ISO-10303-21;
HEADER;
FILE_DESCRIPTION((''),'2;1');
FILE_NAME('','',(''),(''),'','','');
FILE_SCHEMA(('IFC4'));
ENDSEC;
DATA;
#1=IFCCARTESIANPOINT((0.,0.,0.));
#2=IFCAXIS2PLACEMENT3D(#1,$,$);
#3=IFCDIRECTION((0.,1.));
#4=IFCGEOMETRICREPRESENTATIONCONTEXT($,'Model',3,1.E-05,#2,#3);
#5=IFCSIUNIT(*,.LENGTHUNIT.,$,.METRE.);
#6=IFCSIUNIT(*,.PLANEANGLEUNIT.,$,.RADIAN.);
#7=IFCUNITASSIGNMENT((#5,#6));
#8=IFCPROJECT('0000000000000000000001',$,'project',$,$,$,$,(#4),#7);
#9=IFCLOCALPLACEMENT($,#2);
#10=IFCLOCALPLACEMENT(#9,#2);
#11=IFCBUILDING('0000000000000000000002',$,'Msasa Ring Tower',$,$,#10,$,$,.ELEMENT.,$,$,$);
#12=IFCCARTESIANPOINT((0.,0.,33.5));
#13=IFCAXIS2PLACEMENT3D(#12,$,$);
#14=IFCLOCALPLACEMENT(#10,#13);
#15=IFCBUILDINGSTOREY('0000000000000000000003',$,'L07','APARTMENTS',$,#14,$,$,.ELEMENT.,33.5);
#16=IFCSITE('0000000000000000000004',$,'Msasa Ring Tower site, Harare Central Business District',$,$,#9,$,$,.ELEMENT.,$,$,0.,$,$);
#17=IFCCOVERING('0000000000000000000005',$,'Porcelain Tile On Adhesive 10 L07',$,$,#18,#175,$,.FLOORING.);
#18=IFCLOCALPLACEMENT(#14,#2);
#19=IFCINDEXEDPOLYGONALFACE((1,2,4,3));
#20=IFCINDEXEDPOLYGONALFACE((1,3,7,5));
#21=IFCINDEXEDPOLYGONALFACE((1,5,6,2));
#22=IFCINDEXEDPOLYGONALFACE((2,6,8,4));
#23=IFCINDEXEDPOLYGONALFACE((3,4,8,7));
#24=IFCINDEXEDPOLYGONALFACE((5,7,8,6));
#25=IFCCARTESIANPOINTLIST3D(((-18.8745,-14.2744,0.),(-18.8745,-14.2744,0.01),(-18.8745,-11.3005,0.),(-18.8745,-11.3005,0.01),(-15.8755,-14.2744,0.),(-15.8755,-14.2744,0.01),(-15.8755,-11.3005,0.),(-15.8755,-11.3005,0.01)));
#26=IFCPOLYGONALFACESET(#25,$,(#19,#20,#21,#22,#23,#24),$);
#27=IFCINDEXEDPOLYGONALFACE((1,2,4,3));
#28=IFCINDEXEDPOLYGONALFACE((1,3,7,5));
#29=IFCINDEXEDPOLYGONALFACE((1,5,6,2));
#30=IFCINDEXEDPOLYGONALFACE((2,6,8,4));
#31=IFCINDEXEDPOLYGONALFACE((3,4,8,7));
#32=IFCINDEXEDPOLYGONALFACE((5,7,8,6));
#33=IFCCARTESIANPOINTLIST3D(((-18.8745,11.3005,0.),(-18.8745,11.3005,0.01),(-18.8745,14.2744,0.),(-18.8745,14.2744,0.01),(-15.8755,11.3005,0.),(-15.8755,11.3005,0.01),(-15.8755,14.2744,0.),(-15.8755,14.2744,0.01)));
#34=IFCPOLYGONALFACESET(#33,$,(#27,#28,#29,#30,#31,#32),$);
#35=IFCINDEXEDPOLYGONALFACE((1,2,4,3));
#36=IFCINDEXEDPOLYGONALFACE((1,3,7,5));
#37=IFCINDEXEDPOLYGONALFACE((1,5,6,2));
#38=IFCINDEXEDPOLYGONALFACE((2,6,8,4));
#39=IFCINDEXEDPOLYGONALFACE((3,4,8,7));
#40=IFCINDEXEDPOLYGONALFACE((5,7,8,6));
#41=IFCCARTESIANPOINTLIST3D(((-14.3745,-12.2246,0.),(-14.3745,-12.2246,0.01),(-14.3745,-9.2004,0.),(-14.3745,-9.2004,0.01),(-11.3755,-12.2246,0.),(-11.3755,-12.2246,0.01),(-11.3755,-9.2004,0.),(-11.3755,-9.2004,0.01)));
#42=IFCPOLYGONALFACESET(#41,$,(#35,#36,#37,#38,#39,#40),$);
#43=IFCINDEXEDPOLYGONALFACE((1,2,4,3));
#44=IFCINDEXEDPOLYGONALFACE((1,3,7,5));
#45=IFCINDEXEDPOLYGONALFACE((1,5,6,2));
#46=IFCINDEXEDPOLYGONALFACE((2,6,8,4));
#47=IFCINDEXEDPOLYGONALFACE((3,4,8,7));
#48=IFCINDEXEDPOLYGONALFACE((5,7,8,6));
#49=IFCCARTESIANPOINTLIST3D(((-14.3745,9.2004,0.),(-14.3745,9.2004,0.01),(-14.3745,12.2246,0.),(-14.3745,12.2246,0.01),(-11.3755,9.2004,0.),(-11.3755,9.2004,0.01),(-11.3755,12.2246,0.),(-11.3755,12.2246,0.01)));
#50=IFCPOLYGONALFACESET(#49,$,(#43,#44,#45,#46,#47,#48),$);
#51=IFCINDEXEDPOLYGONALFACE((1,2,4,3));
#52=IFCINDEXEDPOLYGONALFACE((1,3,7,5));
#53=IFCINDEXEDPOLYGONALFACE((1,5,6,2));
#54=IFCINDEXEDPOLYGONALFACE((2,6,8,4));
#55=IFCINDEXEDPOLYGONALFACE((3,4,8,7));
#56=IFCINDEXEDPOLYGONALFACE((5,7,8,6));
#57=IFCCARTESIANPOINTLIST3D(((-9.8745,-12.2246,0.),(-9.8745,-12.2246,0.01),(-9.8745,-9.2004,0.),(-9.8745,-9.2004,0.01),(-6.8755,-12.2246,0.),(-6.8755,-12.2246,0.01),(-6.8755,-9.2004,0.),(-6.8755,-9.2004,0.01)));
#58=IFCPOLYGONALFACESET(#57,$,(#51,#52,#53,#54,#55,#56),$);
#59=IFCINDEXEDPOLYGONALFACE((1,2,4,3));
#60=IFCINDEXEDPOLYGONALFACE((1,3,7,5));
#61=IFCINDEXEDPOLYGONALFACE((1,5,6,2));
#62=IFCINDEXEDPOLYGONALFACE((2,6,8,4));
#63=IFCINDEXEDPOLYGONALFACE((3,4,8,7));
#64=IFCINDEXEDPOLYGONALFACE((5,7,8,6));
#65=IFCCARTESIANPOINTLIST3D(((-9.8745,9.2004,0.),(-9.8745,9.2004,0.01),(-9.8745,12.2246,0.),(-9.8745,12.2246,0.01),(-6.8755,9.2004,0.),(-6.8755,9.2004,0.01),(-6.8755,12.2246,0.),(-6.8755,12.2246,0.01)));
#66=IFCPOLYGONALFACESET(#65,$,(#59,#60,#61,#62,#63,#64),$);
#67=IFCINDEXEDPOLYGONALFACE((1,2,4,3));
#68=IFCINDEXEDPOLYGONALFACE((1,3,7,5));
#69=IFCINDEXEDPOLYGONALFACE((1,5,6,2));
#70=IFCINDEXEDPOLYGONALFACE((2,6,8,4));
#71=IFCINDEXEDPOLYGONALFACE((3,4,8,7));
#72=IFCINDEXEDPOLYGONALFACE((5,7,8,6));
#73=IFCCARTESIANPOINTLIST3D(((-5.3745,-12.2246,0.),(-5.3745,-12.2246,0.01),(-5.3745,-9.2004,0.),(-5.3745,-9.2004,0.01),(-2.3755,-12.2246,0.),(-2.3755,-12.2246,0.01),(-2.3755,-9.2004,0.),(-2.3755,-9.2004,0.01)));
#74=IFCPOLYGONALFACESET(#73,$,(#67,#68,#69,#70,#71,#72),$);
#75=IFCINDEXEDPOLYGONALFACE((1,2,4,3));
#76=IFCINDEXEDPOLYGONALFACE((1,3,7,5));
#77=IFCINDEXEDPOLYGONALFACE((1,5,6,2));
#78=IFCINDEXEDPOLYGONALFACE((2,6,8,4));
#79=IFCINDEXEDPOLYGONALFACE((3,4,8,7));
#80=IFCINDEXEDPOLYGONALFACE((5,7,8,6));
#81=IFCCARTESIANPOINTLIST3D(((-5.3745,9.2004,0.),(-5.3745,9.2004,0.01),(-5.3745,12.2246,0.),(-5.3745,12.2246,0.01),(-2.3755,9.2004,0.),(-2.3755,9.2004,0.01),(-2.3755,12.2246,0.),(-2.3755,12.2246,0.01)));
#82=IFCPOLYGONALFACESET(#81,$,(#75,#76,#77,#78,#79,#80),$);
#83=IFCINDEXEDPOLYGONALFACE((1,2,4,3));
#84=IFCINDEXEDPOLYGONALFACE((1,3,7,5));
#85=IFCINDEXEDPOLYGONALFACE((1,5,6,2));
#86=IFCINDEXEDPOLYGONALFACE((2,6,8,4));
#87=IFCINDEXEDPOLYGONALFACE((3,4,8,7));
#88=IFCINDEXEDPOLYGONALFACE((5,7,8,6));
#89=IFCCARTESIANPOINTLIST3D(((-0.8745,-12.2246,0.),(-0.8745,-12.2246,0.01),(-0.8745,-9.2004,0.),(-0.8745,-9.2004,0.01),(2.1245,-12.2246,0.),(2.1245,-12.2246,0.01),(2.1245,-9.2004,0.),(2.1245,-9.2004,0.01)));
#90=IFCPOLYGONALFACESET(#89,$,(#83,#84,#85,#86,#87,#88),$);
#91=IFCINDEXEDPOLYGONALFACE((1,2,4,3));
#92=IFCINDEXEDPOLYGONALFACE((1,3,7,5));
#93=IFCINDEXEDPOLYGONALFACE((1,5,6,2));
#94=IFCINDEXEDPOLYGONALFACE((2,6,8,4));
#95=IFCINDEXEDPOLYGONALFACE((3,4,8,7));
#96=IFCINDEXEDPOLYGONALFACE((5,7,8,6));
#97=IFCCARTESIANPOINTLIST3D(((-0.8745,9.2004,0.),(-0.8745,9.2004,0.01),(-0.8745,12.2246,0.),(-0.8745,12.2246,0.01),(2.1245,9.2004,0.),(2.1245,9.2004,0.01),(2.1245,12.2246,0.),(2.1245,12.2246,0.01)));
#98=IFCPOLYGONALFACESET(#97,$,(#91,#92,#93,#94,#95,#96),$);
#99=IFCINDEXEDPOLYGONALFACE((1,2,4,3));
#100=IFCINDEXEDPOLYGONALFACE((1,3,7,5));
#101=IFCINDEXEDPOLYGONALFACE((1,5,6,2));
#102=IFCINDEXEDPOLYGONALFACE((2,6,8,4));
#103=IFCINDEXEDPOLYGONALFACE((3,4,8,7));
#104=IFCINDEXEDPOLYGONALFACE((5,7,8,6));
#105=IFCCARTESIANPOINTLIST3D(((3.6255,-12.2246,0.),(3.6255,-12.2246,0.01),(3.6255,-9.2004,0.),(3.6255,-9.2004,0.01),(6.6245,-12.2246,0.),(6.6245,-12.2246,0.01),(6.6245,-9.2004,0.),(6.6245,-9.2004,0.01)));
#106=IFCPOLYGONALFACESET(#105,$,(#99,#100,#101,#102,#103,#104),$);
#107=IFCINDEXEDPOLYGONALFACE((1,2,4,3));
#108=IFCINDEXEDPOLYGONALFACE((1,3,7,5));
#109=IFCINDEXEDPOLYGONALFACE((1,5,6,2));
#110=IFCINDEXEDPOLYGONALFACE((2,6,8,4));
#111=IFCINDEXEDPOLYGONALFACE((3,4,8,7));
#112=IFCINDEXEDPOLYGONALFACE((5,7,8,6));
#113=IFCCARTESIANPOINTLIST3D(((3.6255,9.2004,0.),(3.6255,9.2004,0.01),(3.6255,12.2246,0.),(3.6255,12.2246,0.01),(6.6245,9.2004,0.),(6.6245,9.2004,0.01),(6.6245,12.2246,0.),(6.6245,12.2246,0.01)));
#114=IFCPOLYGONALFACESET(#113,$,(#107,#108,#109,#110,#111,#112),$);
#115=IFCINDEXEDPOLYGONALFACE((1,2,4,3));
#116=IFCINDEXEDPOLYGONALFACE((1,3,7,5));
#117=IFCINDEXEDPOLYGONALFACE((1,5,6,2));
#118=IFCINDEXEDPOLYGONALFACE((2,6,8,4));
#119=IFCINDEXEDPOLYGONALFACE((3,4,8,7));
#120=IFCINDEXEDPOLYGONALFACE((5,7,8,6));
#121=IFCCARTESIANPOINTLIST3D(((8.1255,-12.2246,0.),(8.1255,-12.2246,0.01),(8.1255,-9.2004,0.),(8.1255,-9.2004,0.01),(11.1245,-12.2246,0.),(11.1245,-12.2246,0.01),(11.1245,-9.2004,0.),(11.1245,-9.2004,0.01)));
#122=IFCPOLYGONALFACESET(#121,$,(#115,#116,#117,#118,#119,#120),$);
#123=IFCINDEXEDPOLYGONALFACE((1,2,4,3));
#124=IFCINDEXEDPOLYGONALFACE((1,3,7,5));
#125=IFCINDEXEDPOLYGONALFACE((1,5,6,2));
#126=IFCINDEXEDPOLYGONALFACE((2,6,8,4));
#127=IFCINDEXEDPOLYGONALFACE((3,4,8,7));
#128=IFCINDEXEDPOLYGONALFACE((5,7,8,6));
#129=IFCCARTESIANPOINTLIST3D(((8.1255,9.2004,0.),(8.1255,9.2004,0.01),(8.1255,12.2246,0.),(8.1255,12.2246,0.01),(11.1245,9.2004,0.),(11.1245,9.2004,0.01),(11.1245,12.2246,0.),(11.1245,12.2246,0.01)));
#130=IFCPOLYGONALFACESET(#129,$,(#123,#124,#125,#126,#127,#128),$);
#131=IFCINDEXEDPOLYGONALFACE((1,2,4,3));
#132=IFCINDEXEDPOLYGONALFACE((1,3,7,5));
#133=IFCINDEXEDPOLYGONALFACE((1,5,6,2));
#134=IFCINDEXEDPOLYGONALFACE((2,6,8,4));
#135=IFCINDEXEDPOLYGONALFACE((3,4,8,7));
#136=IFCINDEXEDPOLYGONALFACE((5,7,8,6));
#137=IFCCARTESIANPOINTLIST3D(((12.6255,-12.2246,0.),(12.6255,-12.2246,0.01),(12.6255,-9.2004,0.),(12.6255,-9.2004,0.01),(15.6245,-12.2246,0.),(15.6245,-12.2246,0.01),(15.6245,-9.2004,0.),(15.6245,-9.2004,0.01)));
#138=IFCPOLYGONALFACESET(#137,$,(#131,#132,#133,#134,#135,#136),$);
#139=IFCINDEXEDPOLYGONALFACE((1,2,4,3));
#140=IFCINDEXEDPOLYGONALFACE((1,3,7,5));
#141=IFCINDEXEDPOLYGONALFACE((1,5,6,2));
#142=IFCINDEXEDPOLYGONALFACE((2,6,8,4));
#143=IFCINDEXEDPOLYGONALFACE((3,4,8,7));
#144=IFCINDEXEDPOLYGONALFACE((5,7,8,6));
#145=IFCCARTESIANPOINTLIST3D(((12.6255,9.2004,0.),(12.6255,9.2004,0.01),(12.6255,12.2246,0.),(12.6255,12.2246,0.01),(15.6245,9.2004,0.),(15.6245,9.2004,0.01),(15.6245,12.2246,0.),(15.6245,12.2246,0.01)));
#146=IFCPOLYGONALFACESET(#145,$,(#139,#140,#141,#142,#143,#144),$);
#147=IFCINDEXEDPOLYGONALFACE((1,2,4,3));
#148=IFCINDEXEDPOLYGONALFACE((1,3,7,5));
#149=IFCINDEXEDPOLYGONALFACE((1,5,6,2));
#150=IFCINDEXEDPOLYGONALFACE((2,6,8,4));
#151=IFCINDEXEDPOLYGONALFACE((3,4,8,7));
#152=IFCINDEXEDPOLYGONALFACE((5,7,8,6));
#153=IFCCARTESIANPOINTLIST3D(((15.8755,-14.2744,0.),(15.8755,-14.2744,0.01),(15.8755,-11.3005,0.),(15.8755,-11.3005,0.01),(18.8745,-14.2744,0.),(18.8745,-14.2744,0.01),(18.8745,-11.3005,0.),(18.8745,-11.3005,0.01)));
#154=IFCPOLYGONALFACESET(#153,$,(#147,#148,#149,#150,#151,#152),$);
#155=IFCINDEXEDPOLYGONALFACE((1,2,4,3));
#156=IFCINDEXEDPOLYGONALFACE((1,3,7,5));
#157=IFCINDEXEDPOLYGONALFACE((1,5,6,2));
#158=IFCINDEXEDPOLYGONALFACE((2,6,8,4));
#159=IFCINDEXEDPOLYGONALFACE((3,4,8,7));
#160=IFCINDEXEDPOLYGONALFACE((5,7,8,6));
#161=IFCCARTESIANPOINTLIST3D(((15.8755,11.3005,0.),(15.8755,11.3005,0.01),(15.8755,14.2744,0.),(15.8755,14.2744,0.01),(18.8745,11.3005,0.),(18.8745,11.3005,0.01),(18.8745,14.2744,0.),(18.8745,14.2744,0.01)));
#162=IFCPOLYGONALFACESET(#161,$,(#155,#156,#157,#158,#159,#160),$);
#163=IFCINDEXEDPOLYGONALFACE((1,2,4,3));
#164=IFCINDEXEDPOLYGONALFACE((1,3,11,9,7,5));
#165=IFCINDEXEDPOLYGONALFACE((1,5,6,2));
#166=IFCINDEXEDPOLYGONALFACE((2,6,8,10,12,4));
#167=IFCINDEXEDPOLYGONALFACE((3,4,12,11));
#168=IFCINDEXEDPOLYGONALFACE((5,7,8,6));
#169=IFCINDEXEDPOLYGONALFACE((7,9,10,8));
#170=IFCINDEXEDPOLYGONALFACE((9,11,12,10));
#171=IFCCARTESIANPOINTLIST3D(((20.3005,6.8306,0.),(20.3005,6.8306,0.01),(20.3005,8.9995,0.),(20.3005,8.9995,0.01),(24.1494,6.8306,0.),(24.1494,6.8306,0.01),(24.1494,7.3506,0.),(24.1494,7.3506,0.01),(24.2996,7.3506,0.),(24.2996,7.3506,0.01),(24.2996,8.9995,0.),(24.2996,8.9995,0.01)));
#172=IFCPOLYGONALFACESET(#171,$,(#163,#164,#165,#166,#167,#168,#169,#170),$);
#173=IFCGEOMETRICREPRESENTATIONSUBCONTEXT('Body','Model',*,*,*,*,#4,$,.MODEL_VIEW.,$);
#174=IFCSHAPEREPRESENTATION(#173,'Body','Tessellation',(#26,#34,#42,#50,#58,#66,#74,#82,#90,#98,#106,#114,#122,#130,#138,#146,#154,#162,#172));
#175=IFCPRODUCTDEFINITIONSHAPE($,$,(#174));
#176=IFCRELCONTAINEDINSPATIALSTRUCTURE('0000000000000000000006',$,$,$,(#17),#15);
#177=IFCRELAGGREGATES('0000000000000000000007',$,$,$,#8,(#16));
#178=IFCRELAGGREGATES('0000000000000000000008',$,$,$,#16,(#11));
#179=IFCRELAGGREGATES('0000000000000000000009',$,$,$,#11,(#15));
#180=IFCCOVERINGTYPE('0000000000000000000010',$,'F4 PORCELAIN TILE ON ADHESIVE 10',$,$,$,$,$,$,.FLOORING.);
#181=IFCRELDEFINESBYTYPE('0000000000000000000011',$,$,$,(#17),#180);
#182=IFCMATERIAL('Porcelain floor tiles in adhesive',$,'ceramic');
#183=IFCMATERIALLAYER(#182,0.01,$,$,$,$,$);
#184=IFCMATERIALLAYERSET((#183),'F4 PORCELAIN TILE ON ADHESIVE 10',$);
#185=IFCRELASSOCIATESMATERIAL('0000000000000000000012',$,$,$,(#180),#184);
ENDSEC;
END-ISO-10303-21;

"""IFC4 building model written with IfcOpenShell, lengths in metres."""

from ifc_helpers import new_model, si_unit, direction, frame, origin, place, context, subcontext, project, spatial, line, indexed_curve, outline, extrude, material, layer, layer_set, type_object, element, save


model = new_model("IFC4")

# Units and contexts
model_context = context("Model", 3, precision=1e-05, world=origin(), true_north=direction((0.0, 1.0)))
body_context = subcontext(model_context, "Body", "Model", "MODEL_VIEW")
ifc_project = project(units=[si_unit("LENGTHUNIT", "METRE"), si_unit("PLANEANGLEUNIT", "RADIAN")], contexts=[model_context])

# Site, building, storey
site_placement = place(None, origin())
site = spatial("IfcSite", under=ifc_project, at=site_placement, Name="Msasa Ring Tower site, Harare Central Business District", CompositionType="ELEMENT", RefElevation=0.0)
building_placement = place(site_placement, origin())
building = spatial("IfcBuilding", under=site, at=building_placement, Name="Msasa Ring Tower", CompositionType="ELEMENT")
storey_placement = place(building_placement, frame((0.0, 0.0, 33.5)))
storey = spatial("IfcBuildingStorey", under=building, at=storey_placement, Name="L07", Description="APARTMENTS", CompositionType="ELEMENT", Elevation=33.5)

# Covering
ifc_material_1 = material(Name="Porcelain floor tiles in adhesive", Category="ceramic")
ifc_layer_1 = layer(ifc_material_1, 0.01)
ifc_layer_set_1 = layer_set([ifc_layer_1], Name="F4 PORCELAIN TILE ON ADHESIVE 10")
covering_type_1 = type_object("IfcCoveringType", Name="F4 PORCELAIN TILE ON ADHESIVE 10", PredefinedType="FLOORING", material=ifc_layer_set_1)
covering_1_placement = place(storey_placement, origin())
element("IfcCovering", 1, at=covering_1_placement, inside=storey, type_object=covering_type_1, Name="Porcelain Tile On Adhesive 10 L07", PredefinedType="FLOORING", context=body_context, shape_type="SweptSolid", body=[
    extrude(outline(indexed_curve([(-15.8755, -11.3005), (-15.8755, -14.2744), (-18.8745, -14.2744), (-18.8745, -11.3005)], segments=[line(1, 2, 3, 4, 1)], self_intersect=False)), origin(), (0.0, 0.0, 1.0), 0.01),
    extrude(outline(indexed_curve([(-18.8745, 11.3005), (-18.8745, 14.2744), (-15.8755, 14.2744), (-15.8755, 11.3005)], segments=[line(1, 2, 3, 4, 1)], self_intersect=False)), origin(), (0.0, 0.0, 1.0), 0.01),
    extrude(outline(indexed_curve([(-11.3755, -9.2004), (-11.3755, -12.2246), (-14.3745, -12.2246), (-14.3745, -9.2004)], segments=[line(1, 2, 3, 4, 1)], self_intersect=False)), origin(), (0.0, 0.0, 1.0), 0.01),
    extrude(outline(indexed_curve([(-14.3745, 9.2004), (-14.3745, 12.2246), (-11.3755, 12.2246), (-11.3755, 9.2004)], segments=[line(1, 2, 3, 4, 1)], self_intersect=False)), origin(), (0.0, 0.0, 1.0), 0.01),
    extrude(outline(indexed_curve([(-6.8755, -9.2004), (-6.8755, -12.2246), (-9.8745, -12.2246), (-9.8745, -9.2004)], segments=[line(1, 2, 3, 4, 1)], self_intersect=False)), origin(), (0.0, 0.0, 1.0), 0.01),
    extrude(outline(indexed_curve([(-9.8745, 9.2004), (-9.8745, 12.2246), (-6.8755, 12.2246), (-6.8755, 9.2004)], segments=[line(1, 2, 3, 4, 1)], self_intersect=False)), origin(), (0.0, 0.0, 1.0), 0.01),
    extrude(outline(indexed_curve([(-2.3755, -9.2004), (-2.3755, -12.2246), (-5.3745, -12.2246), (-5.3745, -9.2004)], segments=[line(1, 2, 3, 4, 1)], self_intersect=False)), origin(), (0.0, 0.0, 1.0), 0.01),
    extrude(outline(indexed_curve([(-5.3745, 9.2004), (-5.3745, 12.2246), (-2.3755, 12.2246), (-2.3755, 9.2004)], segments=[line(1, 2, 3, 4, 1)], self_intersect=False)), origin(), (0.0, 0.0, 1.0), 0.01),
    extrude(outline(indexed_curve([(2.1245, -9.2004), (2.1245, -12.2246), (-0.8745, -12.2246), (-0.8745, -9.2004)], segments=[line(1, 2, 3, 4, 1)], self_intersect=False)), origin(), (0.0, 0.0, 1.0), 0.01),
    extrude(outline(indexed_curve([(-0.8745, 9.2004), (-0.8745, 12.2246), (2.1245, 12.2246), (2.1245, 9.2004)], segments=[line(1, 2, 3, 4, 1)], self_intersect=False)), origin(), (0.0, 0.0, 1.0), 0.01),
    extrude(outline(indexed_curve([(6.6245, -9.2004), (6.6245, -12.2246), (3.6255, -12.2246), (3.6255, -9.2004)], segments=[line(1, 2, 3, 4, 1)], self_intersect=False)), origin(), (0.0, 0.0, 1.0), 0.01),
    extrude(outline(indexed_curve([(3.6255, 9.2004), (3.6255, 12.2246), (6.6245, 12.2246), (6.6245, 9.2004)], segments=[line(1, 2, 3, 4, 1)], self_intersect=False)), origin(), (0.0, 0.0, 1.0), 0.01),
    extrude(outline(indexed_curve([(11.1245, -9.2004), (11.1245, -12.2246), (8.1255, -12.2246), (8.1255, -9.2004)], segments=[line(1, 2, 3, 4, 1)], self_intersect=False)), origin(), (0.0, 0.0, 1.0), 0.01),
    extrude(outline(indexed_curve([(8.1255, 9.2004), (8.1255, 12.2246), (11.1245, 12.2246), (11.1245, 9.2004)], segments=[line(1, 2, 3, 4, 1)], self_intersect=False)), origin(), (0.0, 0.0, 1.0), 0.01),
    extrude(outline(indexed_curve([(15.6245, -9.2004), (15.6245, -12.2246), (12.6255, -12.2246), (12.6255, -9.2004)], segments=[line(1, 2, 3, 4, 1)], self_intersect=False)), origin(), (0.0, 0.0, 1.0), 0.01),
    extrude(outline(indexed_curve([(12.6255, 9.2004), (12.6255, 12.2246), (15.6245, 12.2246), (15.6245, 9.2004)], segments=[line(1, 2, 3, 4, 1)], self_intersect=False)), origin(), (0.0, 0.0, 1.0), 0.01),
    extrude(outline(indexed_curve([(18.8745, -11.3005), (18.8745, -14.2744), (15.8755, -14.2744), (15.8755, -11.3005)], segments=[line(1, 2, 3, 4, 1)], self_intersect=False)), origin(), (0.0, 0.0, 1.0), 0.01),
    extrude(outline(indexed_curve([(15.8755, 11.3005), (15.8755, 14.2744), (18.8745, 14.2744), (18.8745, 11.3005)], segments=[line(1, 2, 3, 4, 1)], self_intersect=False)), origin(), (0.0, 0.0, 1.0), 0.01),
    extrude(outline(indexed_curve([(20.3005, 8.9995), (24.2996, 8.9995), (24.2996, 7.3506), (24.1494, 7.3506), (24.1494, 6.8306), (20.3005, 6.8306)], segments=[line(1, 2, 3, 4, 5, 6, 1)], self_intersect=False)), origin(), (0.0, 0.0, 1.0), 0.01),
])

save(model, "model.ifc")
